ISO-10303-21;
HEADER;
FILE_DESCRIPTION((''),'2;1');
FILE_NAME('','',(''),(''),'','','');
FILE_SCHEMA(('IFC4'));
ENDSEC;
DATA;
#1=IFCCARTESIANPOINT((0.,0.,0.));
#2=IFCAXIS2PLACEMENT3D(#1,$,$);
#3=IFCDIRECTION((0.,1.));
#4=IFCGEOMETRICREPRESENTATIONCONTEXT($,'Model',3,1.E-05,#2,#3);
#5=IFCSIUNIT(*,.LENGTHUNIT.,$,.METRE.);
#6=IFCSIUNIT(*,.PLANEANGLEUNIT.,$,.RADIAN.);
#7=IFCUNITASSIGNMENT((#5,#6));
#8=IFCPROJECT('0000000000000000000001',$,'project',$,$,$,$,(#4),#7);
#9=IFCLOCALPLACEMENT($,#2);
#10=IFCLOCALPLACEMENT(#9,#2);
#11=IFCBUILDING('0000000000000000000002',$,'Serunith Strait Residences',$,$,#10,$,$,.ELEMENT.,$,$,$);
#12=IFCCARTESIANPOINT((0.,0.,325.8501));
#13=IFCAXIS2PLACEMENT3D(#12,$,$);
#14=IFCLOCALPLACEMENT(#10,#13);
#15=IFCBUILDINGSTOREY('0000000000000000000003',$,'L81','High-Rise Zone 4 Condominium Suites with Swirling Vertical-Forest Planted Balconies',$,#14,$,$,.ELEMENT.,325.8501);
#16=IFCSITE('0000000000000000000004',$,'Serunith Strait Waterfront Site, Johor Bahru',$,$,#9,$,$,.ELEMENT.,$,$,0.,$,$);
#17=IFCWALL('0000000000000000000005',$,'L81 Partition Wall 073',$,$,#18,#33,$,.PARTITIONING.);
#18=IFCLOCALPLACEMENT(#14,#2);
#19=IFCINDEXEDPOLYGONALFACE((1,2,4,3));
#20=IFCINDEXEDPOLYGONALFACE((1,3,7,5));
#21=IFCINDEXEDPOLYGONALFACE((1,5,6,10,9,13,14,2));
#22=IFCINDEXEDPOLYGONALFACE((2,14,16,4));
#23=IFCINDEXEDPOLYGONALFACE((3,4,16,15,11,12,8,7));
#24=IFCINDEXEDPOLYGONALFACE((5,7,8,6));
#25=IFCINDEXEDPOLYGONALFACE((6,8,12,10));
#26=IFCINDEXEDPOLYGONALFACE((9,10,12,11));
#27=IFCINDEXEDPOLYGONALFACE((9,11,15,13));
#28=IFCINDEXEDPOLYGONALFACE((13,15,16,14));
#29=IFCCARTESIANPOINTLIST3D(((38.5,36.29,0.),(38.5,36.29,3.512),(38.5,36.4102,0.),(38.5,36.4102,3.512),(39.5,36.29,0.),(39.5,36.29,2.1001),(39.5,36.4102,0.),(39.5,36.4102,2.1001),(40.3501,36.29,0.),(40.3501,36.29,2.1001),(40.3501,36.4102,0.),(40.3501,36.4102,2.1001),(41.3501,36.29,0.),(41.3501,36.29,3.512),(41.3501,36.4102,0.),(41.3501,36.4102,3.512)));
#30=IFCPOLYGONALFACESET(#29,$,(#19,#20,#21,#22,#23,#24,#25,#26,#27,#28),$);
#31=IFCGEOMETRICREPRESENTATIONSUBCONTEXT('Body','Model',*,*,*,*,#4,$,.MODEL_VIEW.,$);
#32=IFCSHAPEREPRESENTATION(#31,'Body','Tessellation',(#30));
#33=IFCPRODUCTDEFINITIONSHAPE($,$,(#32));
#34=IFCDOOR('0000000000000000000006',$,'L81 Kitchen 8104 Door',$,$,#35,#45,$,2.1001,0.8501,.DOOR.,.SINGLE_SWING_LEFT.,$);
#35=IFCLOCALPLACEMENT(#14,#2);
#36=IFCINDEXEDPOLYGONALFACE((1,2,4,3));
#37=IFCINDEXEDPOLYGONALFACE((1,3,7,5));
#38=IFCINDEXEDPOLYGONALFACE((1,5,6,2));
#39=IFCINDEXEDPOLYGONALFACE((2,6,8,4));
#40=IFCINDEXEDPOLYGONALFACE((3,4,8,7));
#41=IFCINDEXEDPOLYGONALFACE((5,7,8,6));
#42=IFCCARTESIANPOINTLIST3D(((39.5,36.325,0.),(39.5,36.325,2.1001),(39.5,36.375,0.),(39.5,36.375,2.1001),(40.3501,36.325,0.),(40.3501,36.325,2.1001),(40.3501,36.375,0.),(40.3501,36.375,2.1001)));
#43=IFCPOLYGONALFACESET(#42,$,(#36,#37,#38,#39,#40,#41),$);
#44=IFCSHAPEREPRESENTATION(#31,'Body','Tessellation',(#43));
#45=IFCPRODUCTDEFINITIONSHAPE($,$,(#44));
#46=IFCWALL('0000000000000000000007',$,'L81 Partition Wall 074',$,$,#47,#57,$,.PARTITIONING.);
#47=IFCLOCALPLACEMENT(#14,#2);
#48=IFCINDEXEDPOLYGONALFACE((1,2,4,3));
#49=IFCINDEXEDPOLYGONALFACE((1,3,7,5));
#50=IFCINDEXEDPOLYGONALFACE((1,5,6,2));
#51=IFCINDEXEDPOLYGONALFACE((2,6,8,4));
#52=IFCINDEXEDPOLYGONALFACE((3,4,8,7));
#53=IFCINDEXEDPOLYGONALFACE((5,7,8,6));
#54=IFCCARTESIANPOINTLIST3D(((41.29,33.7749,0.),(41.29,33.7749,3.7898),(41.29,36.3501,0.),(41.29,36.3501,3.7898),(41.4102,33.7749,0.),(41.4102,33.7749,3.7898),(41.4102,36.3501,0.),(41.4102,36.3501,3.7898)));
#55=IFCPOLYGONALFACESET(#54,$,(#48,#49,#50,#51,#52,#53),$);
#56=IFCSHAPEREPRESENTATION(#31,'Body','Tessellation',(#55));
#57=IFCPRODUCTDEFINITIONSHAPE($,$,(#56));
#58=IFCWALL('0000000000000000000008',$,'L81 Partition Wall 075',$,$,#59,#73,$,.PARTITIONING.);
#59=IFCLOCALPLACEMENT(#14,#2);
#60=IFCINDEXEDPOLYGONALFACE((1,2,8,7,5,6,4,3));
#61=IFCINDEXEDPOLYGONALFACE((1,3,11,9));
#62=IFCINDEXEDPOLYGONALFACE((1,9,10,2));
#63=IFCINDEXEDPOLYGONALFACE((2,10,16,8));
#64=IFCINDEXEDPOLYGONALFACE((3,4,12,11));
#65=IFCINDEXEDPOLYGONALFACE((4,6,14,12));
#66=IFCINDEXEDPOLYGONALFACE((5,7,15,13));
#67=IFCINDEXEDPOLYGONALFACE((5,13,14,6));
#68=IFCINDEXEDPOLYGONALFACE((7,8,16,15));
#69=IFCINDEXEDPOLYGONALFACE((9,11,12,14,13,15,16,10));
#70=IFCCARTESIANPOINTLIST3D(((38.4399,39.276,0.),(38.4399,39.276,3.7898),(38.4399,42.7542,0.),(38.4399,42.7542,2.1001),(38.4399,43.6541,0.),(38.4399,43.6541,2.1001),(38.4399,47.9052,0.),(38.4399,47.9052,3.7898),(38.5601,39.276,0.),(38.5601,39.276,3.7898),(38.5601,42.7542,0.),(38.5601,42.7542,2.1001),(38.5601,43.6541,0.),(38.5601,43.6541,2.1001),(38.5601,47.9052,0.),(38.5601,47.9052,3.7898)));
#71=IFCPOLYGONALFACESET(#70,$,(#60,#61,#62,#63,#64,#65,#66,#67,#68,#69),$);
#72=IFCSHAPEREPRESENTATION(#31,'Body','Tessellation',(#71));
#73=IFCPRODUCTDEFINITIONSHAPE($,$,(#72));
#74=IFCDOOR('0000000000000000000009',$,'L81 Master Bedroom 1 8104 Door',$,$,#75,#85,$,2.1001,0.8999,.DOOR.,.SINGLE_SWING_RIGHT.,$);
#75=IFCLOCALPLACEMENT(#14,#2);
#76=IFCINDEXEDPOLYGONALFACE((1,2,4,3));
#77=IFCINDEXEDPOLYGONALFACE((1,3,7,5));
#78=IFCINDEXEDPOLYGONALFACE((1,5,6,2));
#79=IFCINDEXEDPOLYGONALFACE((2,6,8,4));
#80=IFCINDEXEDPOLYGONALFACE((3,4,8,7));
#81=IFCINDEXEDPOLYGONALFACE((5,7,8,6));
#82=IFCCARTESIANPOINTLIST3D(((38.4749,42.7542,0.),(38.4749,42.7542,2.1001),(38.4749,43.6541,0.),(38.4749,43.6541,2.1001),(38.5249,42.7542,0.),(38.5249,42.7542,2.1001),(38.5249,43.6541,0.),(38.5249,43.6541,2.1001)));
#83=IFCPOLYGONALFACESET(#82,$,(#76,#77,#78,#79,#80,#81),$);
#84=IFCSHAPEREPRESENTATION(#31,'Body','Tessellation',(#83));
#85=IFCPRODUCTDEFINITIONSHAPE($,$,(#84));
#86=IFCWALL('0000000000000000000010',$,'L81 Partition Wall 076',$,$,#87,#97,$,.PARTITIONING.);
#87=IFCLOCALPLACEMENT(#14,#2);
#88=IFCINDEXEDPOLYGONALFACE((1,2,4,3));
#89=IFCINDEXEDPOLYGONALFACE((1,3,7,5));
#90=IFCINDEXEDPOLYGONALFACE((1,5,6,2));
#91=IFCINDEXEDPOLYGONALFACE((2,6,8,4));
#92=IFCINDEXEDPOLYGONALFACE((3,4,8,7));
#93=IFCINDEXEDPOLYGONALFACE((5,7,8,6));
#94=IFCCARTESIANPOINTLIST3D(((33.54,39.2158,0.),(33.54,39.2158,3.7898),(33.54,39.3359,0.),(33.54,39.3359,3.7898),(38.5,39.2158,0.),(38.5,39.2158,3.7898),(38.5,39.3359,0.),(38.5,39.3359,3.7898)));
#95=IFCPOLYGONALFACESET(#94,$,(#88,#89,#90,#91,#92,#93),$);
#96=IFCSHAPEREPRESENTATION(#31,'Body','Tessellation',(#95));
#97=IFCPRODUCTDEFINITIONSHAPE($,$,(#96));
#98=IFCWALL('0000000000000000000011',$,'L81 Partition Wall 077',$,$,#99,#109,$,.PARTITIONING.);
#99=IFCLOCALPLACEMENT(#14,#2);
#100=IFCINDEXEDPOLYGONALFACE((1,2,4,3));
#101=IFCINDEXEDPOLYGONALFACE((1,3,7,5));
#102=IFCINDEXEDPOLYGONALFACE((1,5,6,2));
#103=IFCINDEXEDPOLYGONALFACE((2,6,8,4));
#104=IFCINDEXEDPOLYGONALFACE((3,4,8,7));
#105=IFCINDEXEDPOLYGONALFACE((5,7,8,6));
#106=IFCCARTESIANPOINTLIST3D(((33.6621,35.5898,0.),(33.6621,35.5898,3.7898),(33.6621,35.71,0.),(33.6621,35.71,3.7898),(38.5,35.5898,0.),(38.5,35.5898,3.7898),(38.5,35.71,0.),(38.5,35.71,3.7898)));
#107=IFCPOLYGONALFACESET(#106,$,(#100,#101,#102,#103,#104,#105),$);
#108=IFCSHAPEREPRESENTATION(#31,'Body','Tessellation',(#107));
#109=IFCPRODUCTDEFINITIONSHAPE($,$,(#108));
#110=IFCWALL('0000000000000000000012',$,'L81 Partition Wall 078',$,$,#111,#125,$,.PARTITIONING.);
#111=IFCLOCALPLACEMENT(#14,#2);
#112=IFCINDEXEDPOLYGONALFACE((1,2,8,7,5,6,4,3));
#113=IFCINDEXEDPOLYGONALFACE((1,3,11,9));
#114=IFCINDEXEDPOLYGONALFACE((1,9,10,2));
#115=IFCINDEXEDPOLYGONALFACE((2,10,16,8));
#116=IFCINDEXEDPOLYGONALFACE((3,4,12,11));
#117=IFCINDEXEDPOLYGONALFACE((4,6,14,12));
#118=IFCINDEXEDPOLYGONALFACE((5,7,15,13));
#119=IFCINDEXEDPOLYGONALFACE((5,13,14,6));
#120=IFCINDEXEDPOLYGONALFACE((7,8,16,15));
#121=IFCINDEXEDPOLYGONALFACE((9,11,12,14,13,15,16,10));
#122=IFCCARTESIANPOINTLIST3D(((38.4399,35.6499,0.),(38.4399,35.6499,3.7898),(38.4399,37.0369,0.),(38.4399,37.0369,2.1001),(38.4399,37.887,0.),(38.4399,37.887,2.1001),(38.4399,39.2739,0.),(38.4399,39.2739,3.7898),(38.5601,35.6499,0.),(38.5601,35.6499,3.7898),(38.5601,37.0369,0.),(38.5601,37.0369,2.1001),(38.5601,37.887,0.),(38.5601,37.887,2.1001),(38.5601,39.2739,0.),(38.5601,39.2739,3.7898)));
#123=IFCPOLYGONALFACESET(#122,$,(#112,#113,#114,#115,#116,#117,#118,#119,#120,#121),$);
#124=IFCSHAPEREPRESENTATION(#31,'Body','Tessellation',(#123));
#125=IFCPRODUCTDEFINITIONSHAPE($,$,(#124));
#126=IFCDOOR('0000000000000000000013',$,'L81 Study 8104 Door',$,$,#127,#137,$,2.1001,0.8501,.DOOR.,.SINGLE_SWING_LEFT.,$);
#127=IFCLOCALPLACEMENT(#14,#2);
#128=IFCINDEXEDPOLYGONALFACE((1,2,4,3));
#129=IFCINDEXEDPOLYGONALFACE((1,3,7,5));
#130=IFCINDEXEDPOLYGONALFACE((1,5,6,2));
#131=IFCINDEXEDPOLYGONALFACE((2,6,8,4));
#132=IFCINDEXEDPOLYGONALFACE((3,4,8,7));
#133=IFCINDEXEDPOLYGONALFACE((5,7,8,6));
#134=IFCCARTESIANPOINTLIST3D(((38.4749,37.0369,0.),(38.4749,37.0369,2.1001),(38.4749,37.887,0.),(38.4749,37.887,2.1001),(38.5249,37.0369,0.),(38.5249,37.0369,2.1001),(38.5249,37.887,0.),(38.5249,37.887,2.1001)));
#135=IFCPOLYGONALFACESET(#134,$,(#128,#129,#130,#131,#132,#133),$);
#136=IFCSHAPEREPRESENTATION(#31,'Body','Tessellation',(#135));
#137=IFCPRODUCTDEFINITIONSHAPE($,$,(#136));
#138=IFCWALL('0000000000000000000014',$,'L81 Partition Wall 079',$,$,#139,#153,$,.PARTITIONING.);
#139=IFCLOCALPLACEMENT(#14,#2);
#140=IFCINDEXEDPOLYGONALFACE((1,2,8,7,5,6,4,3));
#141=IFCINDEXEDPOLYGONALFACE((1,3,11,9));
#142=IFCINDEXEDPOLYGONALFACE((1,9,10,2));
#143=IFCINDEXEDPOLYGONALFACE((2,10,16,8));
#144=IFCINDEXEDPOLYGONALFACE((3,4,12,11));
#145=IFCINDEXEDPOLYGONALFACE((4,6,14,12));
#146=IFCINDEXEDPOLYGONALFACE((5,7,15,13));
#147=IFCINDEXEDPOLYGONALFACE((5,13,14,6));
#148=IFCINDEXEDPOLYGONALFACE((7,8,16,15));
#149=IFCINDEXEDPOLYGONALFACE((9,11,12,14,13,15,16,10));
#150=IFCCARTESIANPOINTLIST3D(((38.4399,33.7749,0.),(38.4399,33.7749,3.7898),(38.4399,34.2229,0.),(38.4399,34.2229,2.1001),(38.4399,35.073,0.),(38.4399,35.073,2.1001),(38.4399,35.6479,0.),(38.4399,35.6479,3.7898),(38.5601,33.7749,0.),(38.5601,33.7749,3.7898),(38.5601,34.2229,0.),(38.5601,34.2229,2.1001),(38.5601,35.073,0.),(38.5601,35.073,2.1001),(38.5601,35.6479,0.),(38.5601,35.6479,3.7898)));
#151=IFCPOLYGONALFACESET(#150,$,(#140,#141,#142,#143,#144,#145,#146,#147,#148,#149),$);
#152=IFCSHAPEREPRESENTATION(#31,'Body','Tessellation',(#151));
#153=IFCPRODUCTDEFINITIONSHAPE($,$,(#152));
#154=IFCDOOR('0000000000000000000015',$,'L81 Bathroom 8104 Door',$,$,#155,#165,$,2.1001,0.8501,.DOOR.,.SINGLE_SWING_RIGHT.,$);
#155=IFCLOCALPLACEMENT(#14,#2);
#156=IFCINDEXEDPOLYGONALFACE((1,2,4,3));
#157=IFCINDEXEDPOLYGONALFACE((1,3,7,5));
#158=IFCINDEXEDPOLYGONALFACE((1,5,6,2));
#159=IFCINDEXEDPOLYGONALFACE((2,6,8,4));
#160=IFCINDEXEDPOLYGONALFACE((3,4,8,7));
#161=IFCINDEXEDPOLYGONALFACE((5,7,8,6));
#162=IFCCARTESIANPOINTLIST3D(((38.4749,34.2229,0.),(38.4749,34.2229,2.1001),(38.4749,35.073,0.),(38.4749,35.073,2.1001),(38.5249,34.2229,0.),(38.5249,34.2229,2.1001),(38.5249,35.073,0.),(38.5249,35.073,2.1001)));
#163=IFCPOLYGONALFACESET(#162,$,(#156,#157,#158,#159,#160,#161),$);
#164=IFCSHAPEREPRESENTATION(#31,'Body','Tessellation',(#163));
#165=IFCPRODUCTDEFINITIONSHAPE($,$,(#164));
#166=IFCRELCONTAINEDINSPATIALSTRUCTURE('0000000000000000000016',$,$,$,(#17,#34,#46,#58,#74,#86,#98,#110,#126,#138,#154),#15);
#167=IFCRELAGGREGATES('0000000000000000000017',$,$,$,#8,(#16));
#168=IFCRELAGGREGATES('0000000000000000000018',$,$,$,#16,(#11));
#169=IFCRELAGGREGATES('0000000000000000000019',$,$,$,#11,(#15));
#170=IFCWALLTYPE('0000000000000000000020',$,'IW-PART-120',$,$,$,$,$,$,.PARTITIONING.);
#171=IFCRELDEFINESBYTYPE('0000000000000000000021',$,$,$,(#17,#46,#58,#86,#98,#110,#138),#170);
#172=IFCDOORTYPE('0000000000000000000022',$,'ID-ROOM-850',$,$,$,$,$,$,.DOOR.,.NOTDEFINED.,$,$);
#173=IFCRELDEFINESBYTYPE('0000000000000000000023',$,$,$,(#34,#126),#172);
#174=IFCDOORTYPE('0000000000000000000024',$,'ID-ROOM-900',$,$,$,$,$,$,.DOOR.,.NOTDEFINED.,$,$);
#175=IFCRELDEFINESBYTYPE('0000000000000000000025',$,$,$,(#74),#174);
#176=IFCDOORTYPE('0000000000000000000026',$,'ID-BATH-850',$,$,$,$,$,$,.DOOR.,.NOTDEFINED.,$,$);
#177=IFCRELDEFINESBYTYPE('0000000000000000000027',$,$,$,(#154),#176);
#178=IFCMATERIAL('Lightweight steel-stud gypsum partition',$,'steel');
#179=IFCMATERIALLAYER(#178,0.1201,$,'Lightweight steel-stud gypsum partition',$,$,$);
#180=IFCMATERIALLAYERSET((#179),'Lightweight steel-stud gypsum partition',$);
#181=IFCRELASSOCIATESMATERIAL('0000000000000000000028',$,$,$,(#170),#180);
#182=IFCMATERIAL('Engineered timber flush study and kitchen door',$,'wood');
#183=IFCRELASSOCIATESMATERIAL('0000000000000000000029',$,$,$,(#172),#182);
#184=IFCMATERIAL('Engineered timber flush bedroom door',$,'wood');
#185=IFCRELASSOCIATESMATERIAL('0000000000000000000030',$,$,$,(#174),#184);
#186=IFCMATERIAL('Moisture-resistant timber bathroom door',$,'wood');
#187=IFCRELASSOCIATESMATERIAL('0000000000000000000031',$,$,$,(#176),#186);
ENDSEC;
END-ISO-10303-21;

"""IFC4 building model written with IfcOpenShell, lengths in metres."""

from ifc_helpers import new_model, si_unit, direction, frame, frame_2d, origin, place, context, subcontext, project, spatial, rectangle, extrude, source, transform, mapped, material, layer, layer_set, type_object, element, fill, save


model = new_model("IFC4")

# Units and contexts
model_context = context("Model", 3, precision=1e-05, world=origin(), true_north=direction((0.0, 1.0)))
body_context = subcontext(model_context, "Body", "Model", "MODEL_VIEW")
ifc_project = project(units=[si_unit("LENGTHUNIT", "METRE"), si_unit("PLANEANGLEUNIT", "RADIAN")], contexts=[model_context])

# Site, building, storey
site_placement = place(None, origin())
site = spatial("IfcSite", under=ifc_project, at=site_placement, Name="Serunith Strait Waterfront Site, Johor Bahru", CompositionType="ELEMENT", RefElevation=0.0)
building_placement = place(site_placement, origin())
building = spatial("IfcBuilding", under=site, at=building_placement, Name="Serunith Strait Residences", CompositionType="ELEMENT")
storey_placement = place(building_placement, frame((0.0, 0.0, 325.8501)))
storey = spatial("IfcBuildingStorey", under=building, at=storey_placement, Name="L81", Description="High-Rise Zone 4 Condominium Suites with Swirling Vertical-Forest Planted Balconies", CompositionType="ELEMENT", Elevation=325.8501)

# Wall, opening, door
ifc_material_1 = material(Name="Lightweight steel-stud gypsum partition", Category="steel")
ifc_layer_1 = layer(ifc_material_1, 0.1201, Name="Lightweight steel-stud gypsum partition")
ifc_layer_set_1 = layer_set([ifc_layer_1], Name="Lightweight steel-stud gypsum partition")
wall_type_1 = type_object("IfcWallType", Name="IW-PART-120", PredefinedType="PARTITIONING", material=ifc_layer_set_1)
wall_1_placement = place(storey_placement, frame((38.5, 36.3501, 0.0), z_axis=(0.0, 0.0, 1.0), x_axis=(1.0, 0.0, 0.0)))
wall_1 = element("IfcWall", 1, at=wall_1_placement, inside=storey, type_object=wall_type_1, Name="L81 Partition Wall 073", PredefinedType="PARTITIONING", context=body_context, shape_type="SweptSolid", body=[
    extrude(rectangle(XDim=2.8501, YDim=0.1201, at=frame_2d((1.425, 0.0))), origin(), (0.0, 0.0, 1.0), 3.512),
])
opening_1_placement = place(wall_1_placement, frame((1.0, 0.0, 0.0)))
opening_1 = element("IfcOpeningElement", 2, at=opening_1_placement, cuts=wall_1, PredefinedType="OPENING", context=body_context, shape_type="SweptSolid", body=[
    extrude(rectangle(XDim=0.8501, YDim=2.1001, at=frame_2d((0.425, 1.05))), frame((0.0, 0.0701, 0.0), z_axis=(0.0, -1.0, 0.0), x_axis=(1.0, 0.0, 0.0)), (0.0, 0.0, 1.0), 0.1401),
])
ifc_material_2 = material(Name="Engineered timber flush study and kitchen door", Category="wood")
door_type_1 = type_object("IfcDoorType", Name="ID-ROOM-850", OperationType="NOTDEFINED", PredefinedType="DOOR", material=ifc_material_2)
shared_shape_1 = source(origin(), body_context, "Body", "SweptSolid", [
    extrude(rectangle(XDim=0.8501, YDim=2.1001, at=frame_2d((0.425, 1.05))), frame((0.0, 0.0249, 0.0), z_axis=(0.0, -1.0, 0.0), x_axis=(1.0, 0.0, 0.0)), (0.0, 0.0, 1.0), 0.05),
])
door_1_placement = place(opening_1_placement, origin())
door_1 = element("IfcDoor", 3, at=door_1_placement, inside=storey, type_object=door_type_1, Name="L81 Kitchen 8104 Door", OperationType="SINGLE_SWING_LEFT", OverallHeight=2.1001, OverallWidth=0.8501, PredefinedType="DOOR", context=body_context, shape_type="MappedRepresentation", body=[
    mapped(shared_shape_1, transform((0.0, 0.0, 0.0), scale=1.0)),
])
fill(opening_1, door_1)

# Wall
wall_2_placement = place(storey_placement, frame((41.3501, 36.3501, 0.0), z_axis=(0.0, 0.0, 1.0), x_axis=(0.0, -1.0, 0.0)))
element("IfcWall", 4, at=wall_2_placement, inside=storey, type_object=wall_type_1, Name="L81 Partition Wall 074", PredefinedType="PARTITIONING", context=body_context, shape_type="SweptSolid", body=[
    extrude(rectangle(XDim=2.5752, YDim=0.1201, at=frame_2d((1.2876, 0.0))), origin(), (0.0, 0.0, 1.0), 3.7898),
])

# Wall, opening, door
wall_3_placement = place(storey_placement, frame((38.5, 47.905, 0.0), z_axis=(0.0, 0.0, 1.0), x_axis=(0.0, -1.0, 0.0)))
wall_3 = element("IfcWall", 5, at=wall_3_placement, inside=storey, type_object=wall_type_1, Name="L81 Partition Wall 075", PredefinedType="PARTITIONING", context=body_context, shape_type="SweptSolid", body=[
    extrude(rectangle(XDim=8.6292, YDim=0.1201, at=frame_2d((4.3145, 0.0))), origin(), (0.0, 0.0, 1.0), 3.7898),
])
opening_2_placement = place(wall_3_placement, frame((4.251, 0.0, 0.0)))
opening_2 = element("IfcOpeningElement", 6, at=opening_2_placement, cuts=wall_3, PredefinedType="OPENING", context=body_context, shape_type="SweptSolid", body=[
    extrude(rectangle(XDim=0.8999, YDim=2.1001, at=frame_2d((0.45, 1.05))), frame((0.0, 0.0701, 0.0), z_axis=(0.0, -1.0, 0.0), x_axis=(1.0, 0.0, 0.0)), (0.0, 0.0, 1.0), 0.1401),
])
ifc_material_3 = material(Name="Engineered timber flush bedroom door", Category="wood")
door_type_2 = type_object("IfcDoorType", Name="ID-ROOM-900", OperationType="NOTDEFINED", PredefinedType="DOOR", material=ifc_material_3)
shared_shape_2 = source(origin(), body_context, "Body", "SweptSolid", [
    extrude(rectangle(XDim=0.8999, YDim=2.1001, at=frame_2d((0.45, 1.05))), frame((0.0, 0.0249, 0.0), z_axis=(0.0, -1.0, 0.0), x_axis=(1.0, 0.0, 0.0)), (0.0, 0.0, 1.0), 0.05),
])
door_2_placement = place(opening_2_placement, origin())
door_2 = element("IfcDoor", 7, at=door_2_placement, inside=storey, type_object=door_type_2, Name="L81 Master Bedroom 1 8104 Door", OperationType="SINGLE_SWING_RIGHT", OverallHeight=2.1001, OverallWidth=0.8999, PredefinedType="DOOR", context=body_context, shape_type="MappedRepresentation", body=[
    mapped(shared_shape_2, transform((0.0, 0.0, 0.0), scale=1.0)),
])
fill(opening_2, door_2)

# Walls
wall_4_placement = place(storey_placement, frame((33.54, 39.2759, 0.0), z_axis=(0.0, 0.0, 1.0), x_axis=(1.0, 0.0, 0.0)))
element("IfcWall", 8, at=wall_4_placement, inside=storey, type_object=wall_type_1, Name="L81 Partition Wall 076", PredefinedType="PARTITIONING", context=body_context, shape_type="SweptSolid", body=[
    extrude(rectangle(XDim=4.96, YDim=0.1201, at=frame_2d((2.48, 0.0))), origin(), (0.0, 0.0, 1.0), 3.7898),
])
wall_5_placement = place(storey_placement, frame((33.6621, 35.6499, 0.0), z_axis=(0.0, 0.0, 1.0), x_axis=(1.0, 0.0, 0.0)))
element("IfcWall", 9, at=wall_5_placement, inside=storey, type_object=wall_type_1, Name="L81 Partition Wall 077", PredefinedType="PARTITIONING", context=body_context, shape_type="SweptSolid", body=[
    extrude(rectangle(XDim=4.8379, YDim=0.1201, at=frame_2d((2.4189, 0.0))), origin(), (0.0, 0.0, 1.0), 3.7898),
])

# Walls, openings, doors
wall_6_placement = place(storey_placement, frame((38.5, 39.2739, 0.0), z_axis=(0.0, 0.0, 1.0), x_axis=(0.0, -1.0, 0.0)))
wall_6 = element("IfcWall", 10, at=wall_6_placement, inside=storey, type_object=wall_type_1, Name="L81 Partition Wall 078", PredefinedType="PARTITIONING", context=body_context, shape_type="SweptSolid", body=[
    extrude(rectangle(XDim=3.624, YDim=0.1201, at=frame_2d((1.812, 0.0))), origin(), (0.0, 0.0, 1.0), 3.7898),
])
opening_3_placement = place(wall_6_placement, frame((1.387, 0.0, 0.0)))
opening_3 = element("IfcOpeningElement", 11, at=opening_3_placement, cuts=wall_6, PredefinedType="OPENING", context=body_context, shape_type="SweptSolid", body=[
    extrude(rectangle(XDim=0.8501, YDim=2.1001, at=frame_2d((0.425, 1.05))), frame((0.0, 0.0701, 0.0), z_axis=(0.0, -1.0, 0.0), x_axis=(1.0, 0.0, 0.0)), (0.0, 0.0, 1.0), 0.1401),
])
door_3_placement = place(opening_3_placement, origin())
door_3 = element("IfcDoor", 12, at=door_3_placement, inside=storey, type_object=door_type_1, Name="L81 Study 8104 Door", OperationType="SINGLE_SWING_LEFT", OverallHeight=2.1001, OverallWidth=0.8501, PredefinedType="DOOR", context=body_context, shape_type="MappedRepresentation", body=[
    mapped(shared_shape_1, transform((0.0, 0.0, 0.0), scale=1.0)),
])
fill(opening_3, door_3)
wall_7_placement = place(storey_placement, frame((38.5, 35.6479, 0.0), z_axis=(0.0, 0.0, 1.0), x_axis=(0.0, -1.0, 0.0)))
wall_7 = element("IfcWall", 13, at=wall_7_placement, inside=storey, type_object=wall_type_1, Name="L81 Partition Wall 079", PredefinedType="PARTITIONING", context=body_context, shape_type="SweptSolid", body=[
    extrude(rectangle(XDim=1.873, YDim=0.1201, at=frame_2d((0.9365, 0.0))), origin(), (0.0, 0.0, 1.0), 3.7898),
])
opening_4_placement = place(wall_7_placement, frame((0.575, 0.0, 0.0)))
opening_4 = element("IfcOpeningElement", 14, at=opening_4_placement, cuts=wall_7, PredefinedType="OPENING", context=body_context, shape_type="SweptSolid", body=[
    extrude(rectangle(XDim=0.8501, YDim=2.1001, at=frame_2d((0.425, 1.05))), frame((0.0, 0.0701, 0.0), z_axis=(0.0, -1.0, 0.0), x_axis=(1.0, 0.0, 0.0)), (0.0, 0.0, 1.0), 0.1401),
])
ifc_material_4 = material(Name="Moisture-resistant timber bathroom door", Category="wood")
door_type_3 = type_object("IfcDoorType", Name="ID-BATH-850", OperationType="NOTDEFINED", PredefinedType="DOOR", material=ifc_material_4)
door_4_placement = place(opening_4_placement, origin())
door_4 = element("IfcDoor", 15, at=door_4_placement, inside=storey, type_object=door_type_3, Name="L81 Bathroom 8104 Door", OperationType="SINGLE_SWING_RIGHT", OverallHeight=2.1001, OverallWidth=0.8501, PredefinedType="DOOR", context=body_context, shape_type="MappedRepresentation", body=[
    mapped(shared_shape_1, transform((0.0, 0.0, 0.0), scale=1.0)),
])
fill(opening_4, door_4)

save(model, "model.ifc")
